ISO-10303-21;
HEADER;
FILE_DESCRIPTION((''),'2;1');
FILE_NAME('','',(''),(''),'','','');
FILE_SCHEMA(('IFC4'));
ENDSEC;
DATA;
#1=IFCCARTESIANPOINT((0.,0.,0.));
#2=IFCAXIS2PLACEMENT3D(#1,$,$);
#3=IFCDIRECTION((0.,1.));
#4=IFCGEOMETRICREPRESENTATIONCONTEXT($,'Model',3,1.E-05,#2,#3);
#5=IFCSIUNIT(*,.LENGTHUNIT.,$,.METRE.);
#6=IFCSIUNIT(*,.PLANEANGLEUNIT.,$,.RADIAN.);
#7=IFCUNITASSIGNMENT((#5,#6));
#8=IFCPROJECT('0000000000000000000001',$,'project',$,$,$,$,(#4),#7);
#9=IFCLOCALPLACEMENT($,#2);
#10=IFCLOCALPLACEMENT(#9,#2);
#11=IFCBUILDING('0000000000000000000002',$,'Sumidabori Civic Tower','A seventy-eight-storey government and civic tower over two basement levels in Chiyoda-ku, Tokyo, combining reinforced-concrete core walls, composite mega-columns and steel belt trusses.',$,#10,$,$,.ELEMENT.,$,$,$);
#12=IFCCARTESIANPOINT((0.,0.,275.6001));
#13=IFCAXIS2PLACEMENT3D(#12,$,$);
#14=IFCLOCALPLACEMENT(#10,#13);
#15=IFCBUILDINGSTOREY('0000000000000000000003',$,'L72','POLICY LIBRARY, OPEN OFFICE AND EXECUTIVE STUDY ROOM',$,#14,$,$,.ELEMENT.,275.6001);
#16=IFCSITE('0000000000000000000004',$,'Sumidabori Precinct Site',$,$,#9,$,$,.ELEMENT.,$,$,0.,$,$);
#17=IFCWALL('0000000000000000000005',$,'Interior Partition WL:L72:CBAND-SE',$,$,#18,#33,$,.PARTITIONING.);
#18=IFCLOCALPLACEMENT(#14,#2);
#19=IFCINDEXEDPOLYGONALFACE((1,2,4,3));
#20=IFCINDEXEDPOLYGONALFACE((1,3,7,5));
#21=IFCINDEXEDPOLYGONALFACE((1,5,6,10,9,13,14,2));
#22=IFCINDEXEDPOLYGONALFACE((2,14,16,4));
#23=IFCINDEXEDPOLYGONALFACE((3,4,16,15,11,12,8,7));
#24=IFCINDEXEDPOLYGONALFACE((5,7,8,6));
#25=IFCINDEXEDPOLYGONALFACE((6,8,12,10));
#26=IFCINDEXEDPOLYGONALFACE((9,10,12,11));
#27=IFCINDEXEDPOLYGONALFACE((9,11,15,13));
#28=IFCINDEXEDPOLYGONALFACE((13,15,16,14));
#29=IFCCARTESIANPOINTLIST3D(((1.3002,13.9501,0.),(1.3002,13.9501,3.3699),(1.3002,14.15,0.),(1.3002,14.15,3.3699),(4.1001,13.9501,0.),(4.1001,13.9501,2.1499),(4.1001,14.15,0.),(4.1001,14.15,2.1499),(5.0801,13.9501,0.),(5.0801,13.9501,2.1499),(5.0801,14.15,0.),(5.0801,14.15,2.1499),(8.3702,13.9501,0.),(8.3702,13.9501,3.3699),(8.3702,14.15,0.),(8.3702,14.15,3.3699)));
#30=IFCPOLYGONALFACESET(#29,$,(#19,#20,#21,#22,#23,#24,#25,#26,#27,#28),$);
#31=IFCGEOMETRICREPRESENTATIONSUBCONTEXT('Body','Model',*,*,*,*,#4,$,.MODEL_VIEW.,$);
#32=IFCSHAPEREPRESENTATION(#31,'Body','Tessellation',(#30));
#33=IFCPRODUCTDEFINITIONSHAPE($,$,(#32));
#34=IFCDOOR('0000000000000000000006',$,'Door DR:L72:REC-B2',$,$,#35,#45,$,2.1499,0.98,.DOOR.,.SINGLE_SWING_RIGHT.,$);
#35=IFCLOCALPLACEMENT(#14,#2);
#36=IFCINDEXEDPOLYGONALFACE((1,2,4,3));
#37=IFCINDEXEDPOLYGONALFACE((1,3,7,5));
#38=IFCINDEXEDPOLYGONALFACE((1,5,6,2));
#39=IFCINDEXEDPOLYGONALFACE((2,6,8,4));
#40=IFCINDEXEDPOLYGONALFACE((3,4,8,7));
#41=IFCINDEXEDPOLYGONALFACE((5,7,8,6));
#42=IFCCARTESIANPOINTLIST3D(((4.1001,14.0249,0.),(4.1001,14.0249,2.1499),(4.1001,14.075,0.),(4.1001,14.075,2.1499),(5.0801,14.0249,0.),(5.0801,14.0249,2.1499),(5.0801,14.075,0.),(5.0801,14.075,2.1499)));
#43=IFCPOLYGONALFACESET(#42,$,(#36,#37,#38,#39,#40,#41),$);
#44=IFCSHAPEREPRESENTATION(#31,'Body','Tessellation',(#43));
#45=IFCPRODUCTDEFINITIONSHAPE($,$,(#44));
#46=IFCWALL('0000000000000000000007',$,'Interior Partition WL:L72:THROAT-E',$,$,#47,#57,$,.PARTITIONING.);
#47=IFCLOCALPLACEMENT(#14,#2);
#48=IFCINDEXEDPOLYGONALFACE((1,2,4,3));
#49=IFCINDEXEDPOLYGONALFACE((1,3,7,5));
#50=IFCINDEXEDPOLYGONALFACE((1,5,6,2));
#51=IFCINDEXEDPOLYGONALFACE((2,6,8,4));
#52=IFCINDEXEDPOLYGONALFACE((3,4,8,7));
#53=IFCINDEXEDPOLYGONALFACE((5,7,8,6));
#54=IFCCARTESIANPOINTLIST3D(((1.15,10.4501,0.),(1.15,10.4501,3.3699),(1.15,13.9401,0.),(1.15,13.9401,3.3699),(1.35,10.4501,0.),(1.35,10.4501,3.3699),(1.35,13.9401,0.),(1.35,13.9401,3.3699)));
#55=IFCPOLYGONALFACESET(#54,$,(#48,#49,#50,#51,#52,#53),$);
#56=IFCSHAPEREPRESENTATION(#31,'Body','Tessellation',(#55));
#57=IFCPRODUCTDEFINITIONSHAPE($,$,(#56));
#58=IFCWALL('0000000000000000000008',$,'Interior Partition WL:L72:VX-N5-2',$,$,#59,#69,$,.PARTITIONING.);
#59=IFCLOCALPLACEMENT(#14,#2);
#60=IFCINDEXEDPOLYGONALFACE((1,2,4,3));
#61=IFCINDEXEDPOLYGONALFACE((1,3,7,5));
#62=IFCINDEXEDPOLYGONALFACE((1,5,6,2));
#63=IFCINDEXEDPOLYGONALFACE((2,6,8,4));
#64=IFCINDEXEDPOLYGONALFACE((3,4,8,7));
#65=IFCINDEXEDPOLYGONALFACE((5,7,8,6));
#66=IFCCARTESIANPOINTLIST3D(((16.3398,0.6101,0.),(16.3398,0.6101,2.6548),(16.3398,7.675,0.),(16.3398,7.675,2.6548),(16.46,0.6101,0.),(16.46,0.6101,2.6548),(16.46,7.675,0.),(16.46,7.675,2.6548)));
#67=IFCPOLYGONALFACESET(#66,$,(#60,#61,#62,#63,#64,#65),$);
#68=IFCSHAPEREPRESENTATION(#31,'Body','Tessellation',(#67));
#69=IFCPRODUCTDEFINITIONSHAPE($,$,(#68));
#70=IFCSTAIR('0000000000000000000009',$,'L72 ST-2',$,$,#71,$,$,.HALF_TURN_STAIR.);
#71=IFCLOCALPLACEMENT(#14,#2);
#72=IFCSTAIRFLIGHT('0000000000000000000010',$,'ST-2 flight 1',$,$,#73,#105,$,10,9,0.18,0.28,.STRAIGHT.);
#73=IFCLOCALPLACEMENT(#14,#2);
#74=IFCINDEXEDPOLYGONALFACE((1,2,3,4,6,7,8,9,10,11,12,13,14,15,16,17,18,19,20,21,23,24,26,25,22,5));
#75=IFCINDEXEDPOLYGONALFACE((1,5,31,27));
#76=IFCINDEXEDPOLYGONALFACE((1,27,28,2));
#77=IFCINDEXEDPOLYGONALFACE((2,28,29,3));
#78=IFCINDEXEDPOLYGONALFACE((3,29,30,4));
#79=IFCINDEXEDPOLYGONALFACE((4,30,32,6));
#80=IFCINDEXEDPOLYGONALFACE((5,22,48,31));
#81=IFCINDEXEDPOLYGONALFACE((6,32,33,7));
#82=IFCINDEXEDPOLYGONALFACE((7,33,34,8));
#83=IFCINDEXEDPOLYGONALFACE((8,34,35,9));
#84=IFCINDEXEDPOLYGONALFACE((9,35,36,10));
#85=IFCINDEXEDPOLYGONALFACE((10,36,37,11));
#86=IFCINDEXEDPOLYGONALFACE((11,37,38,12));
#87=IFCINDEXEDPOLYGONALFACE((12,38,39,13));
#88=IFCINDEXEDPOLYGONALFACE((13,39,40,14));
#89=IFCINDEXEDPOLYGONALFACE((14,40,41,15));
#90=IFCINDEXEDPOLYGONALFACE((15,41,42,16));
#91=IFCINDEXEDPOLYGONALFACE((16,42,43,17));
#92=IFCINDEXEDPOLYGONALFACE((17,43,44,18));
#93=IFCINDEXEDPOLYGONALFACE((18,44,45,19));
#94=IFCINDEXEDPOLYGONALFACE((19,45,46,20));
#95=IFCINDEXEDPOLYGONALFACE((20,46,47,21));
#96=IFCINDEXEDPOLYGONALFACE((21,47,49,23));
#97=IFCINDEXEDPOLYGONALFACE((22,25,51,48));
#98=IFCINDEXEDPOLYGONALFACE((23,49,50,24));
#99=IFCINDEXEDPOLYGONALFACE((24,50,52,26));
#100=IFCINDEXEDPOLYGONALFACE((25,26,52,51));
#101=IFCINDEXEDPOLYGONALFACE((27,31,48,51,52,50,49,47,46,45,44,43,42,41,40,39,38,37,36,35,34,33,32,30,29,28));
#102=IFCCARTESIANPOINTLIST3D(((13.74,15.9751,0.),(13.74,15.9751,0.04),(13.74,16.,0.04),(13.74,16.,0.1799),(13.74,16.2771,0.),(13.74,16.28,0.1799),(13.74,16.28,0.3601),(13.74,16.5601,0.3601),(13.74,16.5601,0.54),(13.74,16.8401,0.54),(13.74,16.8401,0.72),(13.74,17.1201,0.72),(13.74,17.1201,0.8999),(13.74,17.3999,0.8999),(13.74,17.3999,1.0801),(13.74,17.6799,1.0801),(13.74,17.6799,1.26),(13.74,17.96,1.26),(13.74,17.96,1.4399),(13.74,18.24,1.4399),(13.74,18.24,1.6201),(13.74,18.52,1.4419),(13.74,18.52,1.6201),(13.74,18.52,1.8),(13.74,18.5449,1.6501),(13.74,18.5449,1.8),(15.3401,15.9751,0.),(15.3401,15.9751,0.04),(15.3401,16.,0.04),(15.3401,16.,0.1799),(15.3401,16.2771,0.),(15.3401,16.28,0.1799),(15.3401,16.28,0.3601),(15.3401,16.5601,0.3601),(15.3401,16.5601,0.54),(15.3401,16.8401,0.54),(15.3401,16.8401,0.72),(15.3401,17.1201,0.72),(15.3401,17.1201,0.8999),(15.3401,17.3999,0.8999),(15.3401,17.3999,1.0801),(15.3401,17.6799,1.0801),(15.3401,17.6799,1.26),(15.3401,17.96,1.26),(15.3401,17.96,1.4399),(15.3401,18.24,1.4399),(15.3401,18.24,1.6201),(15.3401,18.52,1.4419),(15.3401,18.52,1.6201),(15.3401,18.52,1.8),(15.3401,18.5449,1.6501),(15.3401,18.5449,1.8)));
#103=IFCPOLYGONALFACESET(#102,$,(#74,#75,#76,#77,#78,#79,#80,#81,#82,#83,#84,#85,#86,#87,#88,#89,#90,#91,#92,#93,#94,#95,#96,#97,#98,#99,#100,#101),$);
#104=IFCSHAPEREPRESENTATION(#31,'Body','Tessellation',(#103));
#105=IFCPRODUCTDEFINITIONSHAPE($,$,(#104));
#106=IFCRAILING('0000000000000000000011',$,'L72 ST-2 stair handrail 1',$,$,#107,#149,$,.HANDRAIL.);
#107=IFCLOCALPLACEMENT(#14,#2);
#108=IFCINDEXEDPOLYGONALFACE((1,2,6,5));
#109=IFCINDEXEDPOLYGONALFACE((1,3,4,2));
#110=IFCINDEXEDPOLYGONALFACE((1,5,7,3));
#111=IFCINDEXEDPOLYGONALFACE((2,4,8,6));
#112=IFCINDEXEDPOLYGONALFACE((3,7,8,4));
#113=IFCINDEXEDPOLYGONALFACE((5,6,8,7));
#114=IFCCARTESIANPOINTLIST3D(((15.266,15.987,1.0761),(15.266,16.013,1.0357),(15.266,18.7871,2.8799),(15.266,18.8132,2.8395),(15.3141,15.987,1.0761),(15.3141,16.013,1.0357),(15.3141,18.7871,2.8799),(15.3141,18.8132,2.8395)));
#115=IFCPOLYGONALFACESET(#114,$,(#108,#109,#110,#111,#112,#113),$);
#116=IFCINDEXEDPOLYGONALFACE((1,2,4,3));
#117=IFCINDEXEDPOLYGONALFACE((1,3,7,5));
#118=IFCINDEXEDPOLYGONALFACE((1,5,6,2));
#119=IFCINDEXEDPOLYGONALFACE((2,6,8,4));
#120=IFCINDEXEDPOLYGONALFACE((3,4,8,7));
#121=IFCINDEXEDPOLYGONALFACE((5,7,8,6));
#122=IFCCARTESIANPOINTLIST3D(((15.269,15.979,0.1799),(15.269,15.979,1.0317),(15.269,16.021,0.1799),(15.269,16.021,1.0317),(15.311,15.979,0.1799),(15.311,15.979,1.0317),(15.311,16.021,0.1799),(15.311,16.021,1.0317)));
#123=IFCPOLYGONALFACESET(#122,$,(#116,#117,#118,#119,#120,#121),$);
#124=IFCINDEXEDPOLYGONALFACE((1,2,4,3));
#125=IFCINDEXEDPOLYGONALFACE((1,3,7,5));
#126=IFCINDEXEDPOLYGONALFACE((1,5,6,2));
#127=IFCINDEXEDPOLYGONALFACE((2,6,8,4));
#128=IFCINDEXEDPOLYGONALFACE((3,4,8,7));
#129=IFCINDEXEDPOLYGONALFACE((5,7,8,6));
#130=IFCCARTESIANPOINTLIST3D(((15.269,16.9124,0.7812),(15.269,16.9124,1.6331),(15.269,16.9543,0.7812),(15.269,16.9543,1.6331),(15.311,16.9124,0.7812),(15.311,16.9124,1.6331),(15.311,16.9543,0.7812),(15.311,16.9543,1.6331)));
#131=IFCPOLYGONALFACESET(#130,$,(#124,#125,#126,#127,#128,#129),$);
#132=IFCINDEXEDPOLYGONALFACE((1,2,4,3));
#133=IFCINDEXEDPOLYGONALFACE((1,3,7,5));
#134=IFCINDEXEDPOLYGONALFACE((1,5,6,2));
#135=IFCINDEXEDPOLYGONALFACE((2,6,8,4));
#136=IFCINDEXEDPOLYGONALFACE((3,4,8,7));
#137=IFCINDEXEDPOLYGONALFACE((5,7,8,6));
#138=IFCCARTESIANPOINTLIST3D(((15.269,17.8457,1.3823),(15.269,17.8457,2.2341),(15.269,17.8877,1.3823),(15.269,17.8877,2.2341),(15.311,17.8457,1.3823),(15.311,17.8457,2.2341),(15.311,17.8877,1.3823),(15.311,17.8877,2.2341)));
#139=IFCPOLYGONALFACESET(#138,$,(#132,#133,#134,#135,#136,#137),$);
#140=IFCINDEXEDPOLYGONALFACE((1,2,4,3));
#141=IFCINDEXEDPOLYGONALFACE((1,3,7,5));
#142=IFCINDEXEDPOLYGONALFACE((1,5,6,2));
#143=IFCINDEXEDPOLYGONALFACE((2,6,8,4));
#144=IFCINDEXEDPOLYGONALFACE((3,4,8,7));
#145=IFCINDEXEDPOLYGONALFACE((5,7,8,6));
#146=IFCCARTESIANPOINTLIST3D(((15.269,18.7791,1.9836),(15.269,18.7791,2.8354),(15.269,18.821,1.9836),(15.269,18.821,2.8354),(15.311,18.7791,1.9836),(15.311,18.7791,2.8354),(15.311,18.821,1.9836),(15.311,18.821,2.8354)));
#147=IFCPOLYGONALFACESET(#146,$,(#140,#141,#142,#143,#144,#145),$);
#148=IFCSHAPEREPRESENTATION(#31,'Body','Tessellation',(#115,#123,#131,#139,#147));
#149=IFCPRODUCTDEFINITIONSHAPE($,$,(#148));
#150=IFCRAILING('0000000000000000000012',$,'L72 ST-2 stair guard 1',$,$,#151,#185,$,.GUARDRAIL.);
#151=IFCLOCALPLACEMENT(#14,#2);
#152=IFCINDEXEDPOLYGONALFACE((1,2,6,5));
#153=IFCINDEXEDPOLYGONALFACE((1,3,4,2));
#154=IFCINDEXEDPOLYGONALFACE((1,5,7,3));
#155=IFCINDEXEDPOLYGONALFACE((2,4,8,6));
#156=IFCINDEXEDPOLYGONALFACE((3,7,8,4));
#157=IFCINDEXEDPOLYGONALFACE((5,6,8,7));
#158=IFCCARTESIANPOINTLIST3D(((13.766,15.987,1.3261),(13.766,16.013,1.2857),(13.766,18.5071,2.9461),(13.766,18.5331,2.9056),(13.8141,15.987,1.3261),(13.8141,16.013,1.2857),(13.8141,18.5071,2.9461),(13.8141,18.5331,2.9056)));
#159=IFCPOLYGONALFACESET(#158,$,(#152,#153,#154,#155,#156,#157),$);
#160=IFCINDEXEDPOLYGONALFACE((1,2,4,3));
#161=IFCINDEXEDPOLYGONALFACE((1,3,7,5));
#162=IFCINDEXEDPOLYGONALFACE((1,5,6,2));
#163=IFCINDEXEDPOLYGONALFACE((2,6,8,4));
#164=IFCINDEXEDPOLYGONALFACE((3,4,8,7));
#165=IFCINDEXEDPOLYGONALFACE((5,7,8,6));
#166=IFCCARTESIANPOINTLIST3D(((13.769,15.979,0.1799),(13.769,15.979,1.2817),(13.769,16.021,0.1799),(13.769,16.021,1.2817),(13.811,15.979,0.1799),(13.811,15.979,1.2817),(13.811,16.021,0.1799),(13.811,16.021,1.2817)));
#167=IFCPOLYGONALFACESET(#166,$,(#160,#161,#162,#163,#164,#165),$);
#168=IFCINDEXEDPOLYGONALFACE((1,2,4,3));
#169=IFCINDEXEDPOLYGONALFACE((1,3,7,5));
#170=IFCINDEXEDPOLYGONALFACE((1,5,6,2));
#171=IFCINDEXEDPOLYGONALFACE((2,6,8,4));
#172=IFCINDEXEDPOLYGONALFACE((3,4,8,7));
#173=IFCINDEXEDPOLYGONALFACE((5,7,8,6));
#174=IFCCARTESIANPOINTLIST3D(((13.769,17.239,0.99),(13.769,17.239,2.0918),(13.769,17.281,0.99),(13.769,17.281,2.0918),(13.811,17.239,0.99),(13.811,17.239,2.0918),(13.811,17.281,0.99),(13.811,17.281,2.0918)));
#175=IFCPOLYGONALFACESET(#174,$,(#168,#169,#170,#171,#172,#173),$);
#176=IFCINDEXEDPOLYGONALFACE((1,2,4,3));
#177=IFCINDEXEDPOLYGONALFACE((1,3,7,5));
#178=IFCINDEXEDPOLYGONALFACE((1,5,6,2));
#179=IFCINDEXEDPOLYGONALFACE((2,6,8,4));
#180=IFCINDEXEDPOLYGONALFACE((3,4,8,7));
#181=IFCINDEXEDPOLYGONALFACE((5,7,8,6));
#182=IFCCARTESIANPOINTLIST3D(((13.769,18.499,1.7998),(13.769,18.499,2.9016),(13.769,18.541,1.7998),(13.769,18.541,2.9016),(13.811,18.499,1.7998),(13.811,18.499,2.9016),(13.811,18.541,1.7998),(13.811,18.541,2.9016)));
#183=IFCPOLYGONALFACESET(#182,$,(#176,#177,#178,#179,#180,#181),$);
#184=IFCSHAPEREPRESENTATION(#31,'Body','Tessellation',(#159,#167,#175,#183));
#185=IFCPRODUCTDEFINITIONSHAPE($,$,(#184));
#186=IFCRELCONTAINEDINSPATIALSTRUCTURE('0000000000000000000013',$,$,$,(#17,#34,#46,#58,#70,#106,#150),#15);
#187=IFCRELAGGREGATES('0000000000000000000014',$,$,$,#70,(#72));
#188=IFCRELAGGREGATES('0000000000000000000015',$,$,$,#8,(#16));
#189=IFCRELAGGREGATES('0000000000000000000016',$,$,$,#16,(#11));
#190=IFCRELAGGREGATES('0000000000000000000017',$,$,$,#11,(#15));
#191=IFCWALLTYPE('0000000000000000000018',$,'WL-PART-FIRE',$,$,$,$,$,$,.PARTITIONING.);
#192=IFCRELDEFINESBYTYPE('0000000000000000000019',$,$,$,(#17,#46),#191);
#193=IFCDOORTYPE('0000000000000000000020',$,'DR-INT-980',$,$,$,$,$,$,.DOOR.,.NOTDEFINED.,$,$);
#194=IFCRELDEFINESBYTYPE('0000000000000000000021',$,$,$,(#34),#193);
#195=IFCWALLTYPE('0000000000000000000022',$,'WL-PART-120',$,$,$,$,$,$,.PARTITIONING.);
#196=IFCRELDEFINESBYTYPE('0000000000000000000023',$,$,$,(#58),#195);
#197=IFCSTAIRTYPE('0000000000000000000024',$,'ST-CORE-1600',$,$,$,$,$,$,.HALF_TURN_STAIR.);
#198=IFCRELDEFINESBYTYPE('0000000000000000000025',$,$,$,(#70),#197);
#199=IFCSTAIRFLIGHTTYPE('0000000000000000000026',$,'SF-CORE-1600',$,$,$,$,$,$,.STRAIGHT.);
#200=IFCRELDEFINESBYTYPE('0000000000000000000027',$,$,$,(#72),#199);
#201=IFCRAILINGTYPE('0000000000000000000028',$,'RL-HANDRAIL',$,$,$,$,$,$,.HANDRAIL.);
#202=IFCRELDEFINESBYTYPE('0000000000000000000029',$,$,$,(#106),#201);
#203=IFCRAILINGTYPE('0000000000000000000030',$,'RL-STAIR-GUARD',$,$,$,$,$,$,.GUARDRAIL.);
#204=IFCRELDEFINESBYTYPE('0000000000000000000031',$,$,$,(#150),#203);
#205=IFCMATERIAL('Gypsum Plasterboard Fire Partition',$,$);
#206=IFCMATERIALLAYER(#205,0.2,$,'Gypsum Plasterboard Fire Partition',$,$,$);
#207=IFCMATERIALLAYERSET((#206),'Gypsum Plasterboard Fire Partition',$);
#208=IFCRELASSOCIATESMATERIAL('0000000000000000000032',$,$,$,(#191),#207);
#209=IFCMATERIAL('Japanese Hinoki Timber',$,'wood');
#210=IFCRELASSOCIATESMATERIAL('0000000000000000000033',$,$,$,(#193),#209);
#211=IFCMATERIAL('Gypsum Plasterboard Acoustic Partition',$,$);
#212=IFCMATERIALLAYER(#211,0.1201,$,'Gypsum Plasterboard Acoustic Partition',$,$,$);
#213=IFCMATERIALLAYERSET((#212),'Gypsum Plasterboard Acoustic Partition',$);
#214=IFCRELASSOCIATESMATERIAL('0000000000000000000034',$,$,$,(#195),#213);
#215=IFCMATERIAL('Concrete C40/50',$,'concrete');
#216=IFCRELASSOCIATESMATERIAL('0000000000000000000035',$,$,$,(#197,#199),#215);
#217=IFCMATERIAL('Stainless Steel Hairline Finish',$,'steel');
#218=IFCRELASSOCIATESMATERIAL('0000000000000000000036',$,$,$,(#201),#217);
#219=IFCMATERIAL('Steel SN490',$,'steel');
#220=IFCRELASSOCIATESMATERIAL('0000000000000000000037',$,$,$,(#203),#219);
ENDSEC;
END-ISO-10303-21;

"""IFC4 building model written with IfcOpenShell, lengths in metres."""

from ifc_helpers import new_model, si_unit, direction, frame, frame_2d, origin, origin_2d, place, context, subcontext, project, spatial, polyline, rectangle, outline, extrude, source, transform, mapped, material, layer, layer_set, type_object, element, fill, aggregate, save


model = new_model("IFC4")

# Units and contexts
model_context = context("Model", 3, precision=1e-05, world=origin(), true_north=direction((0.0, 1.0)))
body_context = subcontext(model_context, "Body", "Model", "MODEL_VIEW")
ifc_project = project(units=[si_unit("LENGTHUNIT", "METRE"), si_unit("PLANEANGLEUNIT", "RADIAN")], contexts=[model_context])

# Site, building, storey
site_placement = place(None, origin())
site = spatial("IfcSite", under=ifc_project, at=site_placement, Name="Sumidabori Precinct Site", CompositionType="ELEMENT", RefElevation=0.0)
building_placement = place(site_placement, origin())
building = spatial("IfcBuilding", under=site, at=building_placement, Name="Sumidabori Civic Tower", Description="A seventy-eight-storey government and civic tower over two basement levels in Chiyoda-ku, Tokyo, combining reinforced-concrete core walls, composite mega-columns and steel belt trusses.", CompositionType="ELEMENT")
storey_placement = place(building_placement, frame((0.0, 0.0, 275.6001)))
storey = spatial("IfcBuildingStorey", under=building, at=storey_placement, Name="L72", Description="POLICY LIBRARY, OPEN OFFICE AND EXECUTIVE STUDY ROOM", CompositionType="ELEMENT", Elevation=275.6001)

# Shared definitions
ifc_material_1 = material(Name="Steel SN490", Category="steel")

# Shared definitions
ifc_material_2 = material(Name="Japanese Hinoki Timber", Category="wood")

# Shared definitions
ifc_material_3 = material(Name="Stainless Steel Hairline Finish", Category="steel")

# Shared definitions
ifc_material_4 = material(Name="Gypsum Plasterboard Acoustic Partition")

# Wall, opening, door
ifc_material_5 = material(Name="Gypsum Plasterboard Fire Partition")
ifc_layer_1 = layer(ifc_material_5, 0.2, Name="Gypsum Plasterboard Fire Partition")
ifc_layer_set_1 = layer_set([ifc_layer_1], Name="Gypsum Plasterboard Fire Partition")
wall_type_1 = type_object("IfcWallType", Name="WL-PART-FIRE", PredefinedType="PARTITIONING", material=ifc_layer_set_1)
shared_shape_1 = source(origin(), body_context, "Body", "SweptSolid", [
    extrude(rectangle(XDim=7.0701, YDim=0.2, at=frame_2d((3.5352, 0.0))), origin(), (0.0, 0.0, 1.0), 3.3699),
])
wall_1_placement = place(storey_placement, frame((1.3, 14.05, 0.0), z_axis=(0.0, 0.0, 1.0), x_axis=(1.0, 0.0, 0.0)))
wall_1 = element("IfcWall", 1, at=wall_1_placement, inside=storey, type_object=wall_type_1, Name="Interior Partition WL:L72:CBAND-SE", PredefinedType="PARTITIONING", context=body_context, shape_type="MappedRepresentation", body=[
    mapped(shared_shape_1, transform((0.0, 0.0, 0.0), x_axis=(1.0, 0.0, 0.0), y_axis=(0.0, 1.0, 0.0), z_axis=(0.0, 0.0, 1.0), scale=1.0)),
])
opening_1_placement = place(wall_1_placement, frame((2.8, 0.0, 0.0)))
opening_1 = element("IfcOpeningElement", 2, at=opening_1_placement, cuts=wall_1, PredefinedType="OPENING", context=body_context, shape_type="SweptSolid", body=[
    extrude(rectangle(XDim=0.98, YDim=2.1499, at=frame_2d((0.49, 1.075))), frame((0.0, 0.1118, 0.0), z_axis=(0.0, -1.0, 0.0), x_axis=(1.0, 0.0, 0.0)), (0.0, 0.0, 1.0), 0.2239),
])
door_type_1 = type_object("IfcDoorType", Name="DR-INT-980", OperationType="NOTDEFINED", PredefinedType="DOOR", material=ifc_material_2)
shared_shape_2 = source(origin(), body_context, "Body", "SweptSolid", [
    extrude(rectangle(XDim=0.98, YDim=2.1499, at=frame_2d((0.49, 1.075))), frame((0.0, 0.0249, 0.0), z_axis=(0.0, -1.0, 0.0), x_axis=(1.0, 0.0, 0.0)), (0.0, 0.0, 1.0), 0.05),
])
door_1_placement = place(opening_1_placement, origin())
door_1 = element("IfcDoor", 3, at=door_1_placement, inside=storey, type_object=door_type_1, Name="Door DR:L72:REC-B2", OperationType="SINGLE_SWING_RIGHT", OverallHeight=2.1499, OverallWidth=0.98, PredefinedType="DOOR", context=body_context, shape_type="MappedRepresentation", body=[
    mapped(shared_shape_2, transform((0.0, 0.0, 0.0), x_axis=(1.0, 0.0, 0.0), y_axis=(0.0, 1.0, 0.0), z_axis=(0.0, 0.0, 1.0), scale=1.0)),
])
fill(opening_1, door_1)

# Wall
shared_shape_3 = source(origin(), body_context, "Body", "SweptSolid", [
    extrude(rectangle(XDim=3.49, YDim=0.2, at=frame_2d((1.7451, 0.0))), origin(), (0.0, 0.0, 1.0), 3.3699),
])
wall_2_placement = place(storey_placement, frame((1.25, 10.45, 0.0), z_axis=(0.0, 0.0, 1.0), x_axis=(0.0, 1.0, 0.0)))
element("IfcWall", 4, at=wall_2_placement, inside=storey, type_object=wall_type_1, Name="Interior Partition WL:L72:THROAT-E", PredefinedType="PARTITIONING", context=body_context, shape_type="MappedRepresentation", body=[
    mapped(shared_shape_3, transform((0.0, 0.0, 0.0), x_axis=(1.0, 0.0, 0.0), y_axis=(0.0, 1.0, 0.0), z_axis=(0.0, 0.0, 1.0), scale=1.0)),
])

# Shared definitions
ifc_layer_2 = layer(ifc_material_4, 0.1201, Name="Gypsum Plasterboard Acoustic Partition")
ifc_layer_set_2 = layer_set([ifc_layer_2], Name="Gypsum Plasterboard Acoustic Partition")
wall_type_2 = type_object("IfcWallType", Name="WL-PART-120", PredefinedType="PARTITIONING", material=ifc_layer_set_2)

# Wall
shared_shape_4 = source(origin(), body_context, "Body", "SweptSolid", [
    extrude(rectangle(XDim=7.0649, YDim=0.1201, at=frame_2d((3.5325, 0.0))), origin(), (0.0, 0.0, 1.0), 2.6548),
])
wall_3_placement = place(storey_placement, frame((16.3999, 0.6101, 0.0), z_axis=(0.0, 0.0, 1.0), x_axis=(0.0, 1.0, 0.0)))
element("IfcWall", 5, at=wall_3_placement, inside=storey, type_object=wall_type_2, Name="Interior Partition WL:L72:VX-N5-2", PredefinedType="PARTITIONING", context=body_context, shape_type="MappedRepresentation", body=[
    mapped(shared_shape_4, transform((0.0, 0.0, 0.0), x_axis=(1.0, 0.0, 0.0), y_axis=(0.0, 1.0, 0.0), z_axis=(0.0, 0.0, 1.0), scale=1.0)),
])

# Stair, stair flight
ifc_material_6 = material(Name="Concrete C40/50", Category="concrete")
stair_type = type_object("IfcStairType", Name="ST-CORE-1600", PredefinedType="HALF_TURN_STAIR", material=ifc_material_6)
stair_placement = place(storey_placement, origin())
stair = element("IfcStair", 6, at=stair_placement, inside=storey, type_object=stair_type, Name="L72 ST-2", PredefinedType="HALF_TURN_STAIR")
stair_flight_type = type_object("IfcStairFlightType", Name="SF-CORE-1600", PredefinedType="STRAIGHT", material=ifc_material_6)
shared_shape_5 = source(origin(), body_context, "Body", "SweptSolid", [
    extrude(outline(polyline([(-0.0249, 0.0), (-0.0249, 0.04), (0.0, 0.04), (0.0, 0.1799), (0.28, 0.1799), (0.28, 0.3601), (0.5601, 0.3601), (0.5601, 0.54), (0.8401, 0.54), (0.8401, 0.72), (1.1201, 0.72), (1.1201, 0.8999), (1.3999, 0.8999), (1.3999, 1.0801), (1.6799, 1.0801), (1.6799, 1.26), (1.96, 1.26), (1.96, 1.4399), (2.24, 1.4399), (2.24, 1.6201), (2.52, 1.6201), (2.52, 1.8), (2.5449, 1.8), (2.5449, 1.6501), (2.52, 1.4419), (0.2771, 0.0), (-0.0249, 0.0)])), frame((0.0, 0.8, 0.0), z_axis=(0.0, -1.0, 0.0), x_axis=(1.0, 0.0, 0.0)), (0.0, 0.0, 1.0), 1.6001),
])
stair_flight_placement = place(storey_placement, frame((14.54, 16.0, 0.0), z_axis=(0.0, 0.0, 1.0), x_axis=(0.0, 1.0, 0.0)))
stair_flight = element("IfcStairFlight", 7, at=stair_flight_placement, type_object=stair_flight_type, Name="ST-2 flight 1", NumberOfRisers=10, NumberOfTreads=9, PredefinedType="STRAIGHT", RiserHeight=0.18, TreadLength=0.28, context=body_context, shape_type="MappedRepresentation", body=[
    mapped(shared_shape_5, transform((0.0, 0.0, 0.0), x_axis=(1.0, 0.0, 0.0), y_axis=(0.0, 1.0, 0.0), z_axis=(0.0, 0.0, 1.0), scale=1.0)),
])
aggregate(stair, [stair_flight])

# Railings
railing_type_1 = type_object("IfcRailingType", Name="RL-HANDRAIL", PredefinedType="HANDRAIL", material=ifc_material_3)
railing_1_placement = place(storey_placement, frame((15.29, 16.0, 0.1799)))
element("IfcRailing", 8, at=railing_1_placement, inside=storey, type_object=railing_type_1, Name="L72 ST-2 stair handrail 1", PredefinedType="HANDRAIL", context=body_context, shape_type="SweptSolid", body=[
    extrude(rectangle(XDim=0.0481, YDim=0.0481, at=origin_2d()), frame((0.0, 0.0, 0.876), z_axis=(0.0, 0.840676, 0.541539), x_axis=(-1.0, 0.0, 0.0)), (0.0, 0.0, 1.0), 3.3308),
    extrude(rectangle(XDim=0.042, YDim=0.042, at=origin_2d()), origin(), (0.0, 0.0, 1.0), 0.8518),
    extrude(rectangle(XDim=0.042, YDim=0.042, at=origin_2d()), frame((0.0, 0.9333, 0.6013)), (0.0, 0.0, 1.0), 0.8518),
    extrude(rectangle(XDim=0.042, YDim=0.042, at=origin_2d()), frame((0.0, 1.8667, 1.2024)), (0.0, 0.0, 1.0), 0.8518),
    extrude(rectangle(XDim=0.042, YDim=0.042, at=origin_2d()), frame((0.0, 2.8, 1.8037)), (0.0, 0.0, 1.0), 0.8518),
])
railing_type_2 = type_object("IfcRailingType", Name="RL-STAIR-GUARD", PredefinedType="GUARDRAIL", material=ifc_material_1)
railing_2_placement = place(storey_placement, frame((13.79, 16.0, 0.1799)))
element("IfcRailing", 9, at=railing_2_placement, inside=storey, type_object=railing_type_2, Name="L72 ST-2 stair guard 1", PredefinedType="GUARDRAIL", context=body_context, shape_type="SweptSolid", body=[
    extrude(rectangle(XDim=0.0481, YDim=0.0481, at=origin_2d()), frame((0.0, 0.0, 1.126), z_axis=(0.0, 0.8412, 0.540725), x_axis=(-1.0, 0.0, 0.0)), (0.0, 0.0, 1.0), 2.9958),
    extrude(rectangle(XDim=0.042, YDim=0.042, at=origin_2d()), origin(), (0.0, 0.0, 1.0), 1.1018),
    extrude(rectangle(XDim=0.042, YDim=0.042, at=origin_2d()), frame((0.0, 1.26, 0.8101)), (0.0, 0.0, 1.0), 1.1018),
    extrude(rectangle(XDim=0.042, YDim=0.042, at=origin_2d()), frame((0.0, 2.52, 1.6199)), (0.0, 0.0, 1.0), 1.1018),
])

save(model, "model.ifc")
